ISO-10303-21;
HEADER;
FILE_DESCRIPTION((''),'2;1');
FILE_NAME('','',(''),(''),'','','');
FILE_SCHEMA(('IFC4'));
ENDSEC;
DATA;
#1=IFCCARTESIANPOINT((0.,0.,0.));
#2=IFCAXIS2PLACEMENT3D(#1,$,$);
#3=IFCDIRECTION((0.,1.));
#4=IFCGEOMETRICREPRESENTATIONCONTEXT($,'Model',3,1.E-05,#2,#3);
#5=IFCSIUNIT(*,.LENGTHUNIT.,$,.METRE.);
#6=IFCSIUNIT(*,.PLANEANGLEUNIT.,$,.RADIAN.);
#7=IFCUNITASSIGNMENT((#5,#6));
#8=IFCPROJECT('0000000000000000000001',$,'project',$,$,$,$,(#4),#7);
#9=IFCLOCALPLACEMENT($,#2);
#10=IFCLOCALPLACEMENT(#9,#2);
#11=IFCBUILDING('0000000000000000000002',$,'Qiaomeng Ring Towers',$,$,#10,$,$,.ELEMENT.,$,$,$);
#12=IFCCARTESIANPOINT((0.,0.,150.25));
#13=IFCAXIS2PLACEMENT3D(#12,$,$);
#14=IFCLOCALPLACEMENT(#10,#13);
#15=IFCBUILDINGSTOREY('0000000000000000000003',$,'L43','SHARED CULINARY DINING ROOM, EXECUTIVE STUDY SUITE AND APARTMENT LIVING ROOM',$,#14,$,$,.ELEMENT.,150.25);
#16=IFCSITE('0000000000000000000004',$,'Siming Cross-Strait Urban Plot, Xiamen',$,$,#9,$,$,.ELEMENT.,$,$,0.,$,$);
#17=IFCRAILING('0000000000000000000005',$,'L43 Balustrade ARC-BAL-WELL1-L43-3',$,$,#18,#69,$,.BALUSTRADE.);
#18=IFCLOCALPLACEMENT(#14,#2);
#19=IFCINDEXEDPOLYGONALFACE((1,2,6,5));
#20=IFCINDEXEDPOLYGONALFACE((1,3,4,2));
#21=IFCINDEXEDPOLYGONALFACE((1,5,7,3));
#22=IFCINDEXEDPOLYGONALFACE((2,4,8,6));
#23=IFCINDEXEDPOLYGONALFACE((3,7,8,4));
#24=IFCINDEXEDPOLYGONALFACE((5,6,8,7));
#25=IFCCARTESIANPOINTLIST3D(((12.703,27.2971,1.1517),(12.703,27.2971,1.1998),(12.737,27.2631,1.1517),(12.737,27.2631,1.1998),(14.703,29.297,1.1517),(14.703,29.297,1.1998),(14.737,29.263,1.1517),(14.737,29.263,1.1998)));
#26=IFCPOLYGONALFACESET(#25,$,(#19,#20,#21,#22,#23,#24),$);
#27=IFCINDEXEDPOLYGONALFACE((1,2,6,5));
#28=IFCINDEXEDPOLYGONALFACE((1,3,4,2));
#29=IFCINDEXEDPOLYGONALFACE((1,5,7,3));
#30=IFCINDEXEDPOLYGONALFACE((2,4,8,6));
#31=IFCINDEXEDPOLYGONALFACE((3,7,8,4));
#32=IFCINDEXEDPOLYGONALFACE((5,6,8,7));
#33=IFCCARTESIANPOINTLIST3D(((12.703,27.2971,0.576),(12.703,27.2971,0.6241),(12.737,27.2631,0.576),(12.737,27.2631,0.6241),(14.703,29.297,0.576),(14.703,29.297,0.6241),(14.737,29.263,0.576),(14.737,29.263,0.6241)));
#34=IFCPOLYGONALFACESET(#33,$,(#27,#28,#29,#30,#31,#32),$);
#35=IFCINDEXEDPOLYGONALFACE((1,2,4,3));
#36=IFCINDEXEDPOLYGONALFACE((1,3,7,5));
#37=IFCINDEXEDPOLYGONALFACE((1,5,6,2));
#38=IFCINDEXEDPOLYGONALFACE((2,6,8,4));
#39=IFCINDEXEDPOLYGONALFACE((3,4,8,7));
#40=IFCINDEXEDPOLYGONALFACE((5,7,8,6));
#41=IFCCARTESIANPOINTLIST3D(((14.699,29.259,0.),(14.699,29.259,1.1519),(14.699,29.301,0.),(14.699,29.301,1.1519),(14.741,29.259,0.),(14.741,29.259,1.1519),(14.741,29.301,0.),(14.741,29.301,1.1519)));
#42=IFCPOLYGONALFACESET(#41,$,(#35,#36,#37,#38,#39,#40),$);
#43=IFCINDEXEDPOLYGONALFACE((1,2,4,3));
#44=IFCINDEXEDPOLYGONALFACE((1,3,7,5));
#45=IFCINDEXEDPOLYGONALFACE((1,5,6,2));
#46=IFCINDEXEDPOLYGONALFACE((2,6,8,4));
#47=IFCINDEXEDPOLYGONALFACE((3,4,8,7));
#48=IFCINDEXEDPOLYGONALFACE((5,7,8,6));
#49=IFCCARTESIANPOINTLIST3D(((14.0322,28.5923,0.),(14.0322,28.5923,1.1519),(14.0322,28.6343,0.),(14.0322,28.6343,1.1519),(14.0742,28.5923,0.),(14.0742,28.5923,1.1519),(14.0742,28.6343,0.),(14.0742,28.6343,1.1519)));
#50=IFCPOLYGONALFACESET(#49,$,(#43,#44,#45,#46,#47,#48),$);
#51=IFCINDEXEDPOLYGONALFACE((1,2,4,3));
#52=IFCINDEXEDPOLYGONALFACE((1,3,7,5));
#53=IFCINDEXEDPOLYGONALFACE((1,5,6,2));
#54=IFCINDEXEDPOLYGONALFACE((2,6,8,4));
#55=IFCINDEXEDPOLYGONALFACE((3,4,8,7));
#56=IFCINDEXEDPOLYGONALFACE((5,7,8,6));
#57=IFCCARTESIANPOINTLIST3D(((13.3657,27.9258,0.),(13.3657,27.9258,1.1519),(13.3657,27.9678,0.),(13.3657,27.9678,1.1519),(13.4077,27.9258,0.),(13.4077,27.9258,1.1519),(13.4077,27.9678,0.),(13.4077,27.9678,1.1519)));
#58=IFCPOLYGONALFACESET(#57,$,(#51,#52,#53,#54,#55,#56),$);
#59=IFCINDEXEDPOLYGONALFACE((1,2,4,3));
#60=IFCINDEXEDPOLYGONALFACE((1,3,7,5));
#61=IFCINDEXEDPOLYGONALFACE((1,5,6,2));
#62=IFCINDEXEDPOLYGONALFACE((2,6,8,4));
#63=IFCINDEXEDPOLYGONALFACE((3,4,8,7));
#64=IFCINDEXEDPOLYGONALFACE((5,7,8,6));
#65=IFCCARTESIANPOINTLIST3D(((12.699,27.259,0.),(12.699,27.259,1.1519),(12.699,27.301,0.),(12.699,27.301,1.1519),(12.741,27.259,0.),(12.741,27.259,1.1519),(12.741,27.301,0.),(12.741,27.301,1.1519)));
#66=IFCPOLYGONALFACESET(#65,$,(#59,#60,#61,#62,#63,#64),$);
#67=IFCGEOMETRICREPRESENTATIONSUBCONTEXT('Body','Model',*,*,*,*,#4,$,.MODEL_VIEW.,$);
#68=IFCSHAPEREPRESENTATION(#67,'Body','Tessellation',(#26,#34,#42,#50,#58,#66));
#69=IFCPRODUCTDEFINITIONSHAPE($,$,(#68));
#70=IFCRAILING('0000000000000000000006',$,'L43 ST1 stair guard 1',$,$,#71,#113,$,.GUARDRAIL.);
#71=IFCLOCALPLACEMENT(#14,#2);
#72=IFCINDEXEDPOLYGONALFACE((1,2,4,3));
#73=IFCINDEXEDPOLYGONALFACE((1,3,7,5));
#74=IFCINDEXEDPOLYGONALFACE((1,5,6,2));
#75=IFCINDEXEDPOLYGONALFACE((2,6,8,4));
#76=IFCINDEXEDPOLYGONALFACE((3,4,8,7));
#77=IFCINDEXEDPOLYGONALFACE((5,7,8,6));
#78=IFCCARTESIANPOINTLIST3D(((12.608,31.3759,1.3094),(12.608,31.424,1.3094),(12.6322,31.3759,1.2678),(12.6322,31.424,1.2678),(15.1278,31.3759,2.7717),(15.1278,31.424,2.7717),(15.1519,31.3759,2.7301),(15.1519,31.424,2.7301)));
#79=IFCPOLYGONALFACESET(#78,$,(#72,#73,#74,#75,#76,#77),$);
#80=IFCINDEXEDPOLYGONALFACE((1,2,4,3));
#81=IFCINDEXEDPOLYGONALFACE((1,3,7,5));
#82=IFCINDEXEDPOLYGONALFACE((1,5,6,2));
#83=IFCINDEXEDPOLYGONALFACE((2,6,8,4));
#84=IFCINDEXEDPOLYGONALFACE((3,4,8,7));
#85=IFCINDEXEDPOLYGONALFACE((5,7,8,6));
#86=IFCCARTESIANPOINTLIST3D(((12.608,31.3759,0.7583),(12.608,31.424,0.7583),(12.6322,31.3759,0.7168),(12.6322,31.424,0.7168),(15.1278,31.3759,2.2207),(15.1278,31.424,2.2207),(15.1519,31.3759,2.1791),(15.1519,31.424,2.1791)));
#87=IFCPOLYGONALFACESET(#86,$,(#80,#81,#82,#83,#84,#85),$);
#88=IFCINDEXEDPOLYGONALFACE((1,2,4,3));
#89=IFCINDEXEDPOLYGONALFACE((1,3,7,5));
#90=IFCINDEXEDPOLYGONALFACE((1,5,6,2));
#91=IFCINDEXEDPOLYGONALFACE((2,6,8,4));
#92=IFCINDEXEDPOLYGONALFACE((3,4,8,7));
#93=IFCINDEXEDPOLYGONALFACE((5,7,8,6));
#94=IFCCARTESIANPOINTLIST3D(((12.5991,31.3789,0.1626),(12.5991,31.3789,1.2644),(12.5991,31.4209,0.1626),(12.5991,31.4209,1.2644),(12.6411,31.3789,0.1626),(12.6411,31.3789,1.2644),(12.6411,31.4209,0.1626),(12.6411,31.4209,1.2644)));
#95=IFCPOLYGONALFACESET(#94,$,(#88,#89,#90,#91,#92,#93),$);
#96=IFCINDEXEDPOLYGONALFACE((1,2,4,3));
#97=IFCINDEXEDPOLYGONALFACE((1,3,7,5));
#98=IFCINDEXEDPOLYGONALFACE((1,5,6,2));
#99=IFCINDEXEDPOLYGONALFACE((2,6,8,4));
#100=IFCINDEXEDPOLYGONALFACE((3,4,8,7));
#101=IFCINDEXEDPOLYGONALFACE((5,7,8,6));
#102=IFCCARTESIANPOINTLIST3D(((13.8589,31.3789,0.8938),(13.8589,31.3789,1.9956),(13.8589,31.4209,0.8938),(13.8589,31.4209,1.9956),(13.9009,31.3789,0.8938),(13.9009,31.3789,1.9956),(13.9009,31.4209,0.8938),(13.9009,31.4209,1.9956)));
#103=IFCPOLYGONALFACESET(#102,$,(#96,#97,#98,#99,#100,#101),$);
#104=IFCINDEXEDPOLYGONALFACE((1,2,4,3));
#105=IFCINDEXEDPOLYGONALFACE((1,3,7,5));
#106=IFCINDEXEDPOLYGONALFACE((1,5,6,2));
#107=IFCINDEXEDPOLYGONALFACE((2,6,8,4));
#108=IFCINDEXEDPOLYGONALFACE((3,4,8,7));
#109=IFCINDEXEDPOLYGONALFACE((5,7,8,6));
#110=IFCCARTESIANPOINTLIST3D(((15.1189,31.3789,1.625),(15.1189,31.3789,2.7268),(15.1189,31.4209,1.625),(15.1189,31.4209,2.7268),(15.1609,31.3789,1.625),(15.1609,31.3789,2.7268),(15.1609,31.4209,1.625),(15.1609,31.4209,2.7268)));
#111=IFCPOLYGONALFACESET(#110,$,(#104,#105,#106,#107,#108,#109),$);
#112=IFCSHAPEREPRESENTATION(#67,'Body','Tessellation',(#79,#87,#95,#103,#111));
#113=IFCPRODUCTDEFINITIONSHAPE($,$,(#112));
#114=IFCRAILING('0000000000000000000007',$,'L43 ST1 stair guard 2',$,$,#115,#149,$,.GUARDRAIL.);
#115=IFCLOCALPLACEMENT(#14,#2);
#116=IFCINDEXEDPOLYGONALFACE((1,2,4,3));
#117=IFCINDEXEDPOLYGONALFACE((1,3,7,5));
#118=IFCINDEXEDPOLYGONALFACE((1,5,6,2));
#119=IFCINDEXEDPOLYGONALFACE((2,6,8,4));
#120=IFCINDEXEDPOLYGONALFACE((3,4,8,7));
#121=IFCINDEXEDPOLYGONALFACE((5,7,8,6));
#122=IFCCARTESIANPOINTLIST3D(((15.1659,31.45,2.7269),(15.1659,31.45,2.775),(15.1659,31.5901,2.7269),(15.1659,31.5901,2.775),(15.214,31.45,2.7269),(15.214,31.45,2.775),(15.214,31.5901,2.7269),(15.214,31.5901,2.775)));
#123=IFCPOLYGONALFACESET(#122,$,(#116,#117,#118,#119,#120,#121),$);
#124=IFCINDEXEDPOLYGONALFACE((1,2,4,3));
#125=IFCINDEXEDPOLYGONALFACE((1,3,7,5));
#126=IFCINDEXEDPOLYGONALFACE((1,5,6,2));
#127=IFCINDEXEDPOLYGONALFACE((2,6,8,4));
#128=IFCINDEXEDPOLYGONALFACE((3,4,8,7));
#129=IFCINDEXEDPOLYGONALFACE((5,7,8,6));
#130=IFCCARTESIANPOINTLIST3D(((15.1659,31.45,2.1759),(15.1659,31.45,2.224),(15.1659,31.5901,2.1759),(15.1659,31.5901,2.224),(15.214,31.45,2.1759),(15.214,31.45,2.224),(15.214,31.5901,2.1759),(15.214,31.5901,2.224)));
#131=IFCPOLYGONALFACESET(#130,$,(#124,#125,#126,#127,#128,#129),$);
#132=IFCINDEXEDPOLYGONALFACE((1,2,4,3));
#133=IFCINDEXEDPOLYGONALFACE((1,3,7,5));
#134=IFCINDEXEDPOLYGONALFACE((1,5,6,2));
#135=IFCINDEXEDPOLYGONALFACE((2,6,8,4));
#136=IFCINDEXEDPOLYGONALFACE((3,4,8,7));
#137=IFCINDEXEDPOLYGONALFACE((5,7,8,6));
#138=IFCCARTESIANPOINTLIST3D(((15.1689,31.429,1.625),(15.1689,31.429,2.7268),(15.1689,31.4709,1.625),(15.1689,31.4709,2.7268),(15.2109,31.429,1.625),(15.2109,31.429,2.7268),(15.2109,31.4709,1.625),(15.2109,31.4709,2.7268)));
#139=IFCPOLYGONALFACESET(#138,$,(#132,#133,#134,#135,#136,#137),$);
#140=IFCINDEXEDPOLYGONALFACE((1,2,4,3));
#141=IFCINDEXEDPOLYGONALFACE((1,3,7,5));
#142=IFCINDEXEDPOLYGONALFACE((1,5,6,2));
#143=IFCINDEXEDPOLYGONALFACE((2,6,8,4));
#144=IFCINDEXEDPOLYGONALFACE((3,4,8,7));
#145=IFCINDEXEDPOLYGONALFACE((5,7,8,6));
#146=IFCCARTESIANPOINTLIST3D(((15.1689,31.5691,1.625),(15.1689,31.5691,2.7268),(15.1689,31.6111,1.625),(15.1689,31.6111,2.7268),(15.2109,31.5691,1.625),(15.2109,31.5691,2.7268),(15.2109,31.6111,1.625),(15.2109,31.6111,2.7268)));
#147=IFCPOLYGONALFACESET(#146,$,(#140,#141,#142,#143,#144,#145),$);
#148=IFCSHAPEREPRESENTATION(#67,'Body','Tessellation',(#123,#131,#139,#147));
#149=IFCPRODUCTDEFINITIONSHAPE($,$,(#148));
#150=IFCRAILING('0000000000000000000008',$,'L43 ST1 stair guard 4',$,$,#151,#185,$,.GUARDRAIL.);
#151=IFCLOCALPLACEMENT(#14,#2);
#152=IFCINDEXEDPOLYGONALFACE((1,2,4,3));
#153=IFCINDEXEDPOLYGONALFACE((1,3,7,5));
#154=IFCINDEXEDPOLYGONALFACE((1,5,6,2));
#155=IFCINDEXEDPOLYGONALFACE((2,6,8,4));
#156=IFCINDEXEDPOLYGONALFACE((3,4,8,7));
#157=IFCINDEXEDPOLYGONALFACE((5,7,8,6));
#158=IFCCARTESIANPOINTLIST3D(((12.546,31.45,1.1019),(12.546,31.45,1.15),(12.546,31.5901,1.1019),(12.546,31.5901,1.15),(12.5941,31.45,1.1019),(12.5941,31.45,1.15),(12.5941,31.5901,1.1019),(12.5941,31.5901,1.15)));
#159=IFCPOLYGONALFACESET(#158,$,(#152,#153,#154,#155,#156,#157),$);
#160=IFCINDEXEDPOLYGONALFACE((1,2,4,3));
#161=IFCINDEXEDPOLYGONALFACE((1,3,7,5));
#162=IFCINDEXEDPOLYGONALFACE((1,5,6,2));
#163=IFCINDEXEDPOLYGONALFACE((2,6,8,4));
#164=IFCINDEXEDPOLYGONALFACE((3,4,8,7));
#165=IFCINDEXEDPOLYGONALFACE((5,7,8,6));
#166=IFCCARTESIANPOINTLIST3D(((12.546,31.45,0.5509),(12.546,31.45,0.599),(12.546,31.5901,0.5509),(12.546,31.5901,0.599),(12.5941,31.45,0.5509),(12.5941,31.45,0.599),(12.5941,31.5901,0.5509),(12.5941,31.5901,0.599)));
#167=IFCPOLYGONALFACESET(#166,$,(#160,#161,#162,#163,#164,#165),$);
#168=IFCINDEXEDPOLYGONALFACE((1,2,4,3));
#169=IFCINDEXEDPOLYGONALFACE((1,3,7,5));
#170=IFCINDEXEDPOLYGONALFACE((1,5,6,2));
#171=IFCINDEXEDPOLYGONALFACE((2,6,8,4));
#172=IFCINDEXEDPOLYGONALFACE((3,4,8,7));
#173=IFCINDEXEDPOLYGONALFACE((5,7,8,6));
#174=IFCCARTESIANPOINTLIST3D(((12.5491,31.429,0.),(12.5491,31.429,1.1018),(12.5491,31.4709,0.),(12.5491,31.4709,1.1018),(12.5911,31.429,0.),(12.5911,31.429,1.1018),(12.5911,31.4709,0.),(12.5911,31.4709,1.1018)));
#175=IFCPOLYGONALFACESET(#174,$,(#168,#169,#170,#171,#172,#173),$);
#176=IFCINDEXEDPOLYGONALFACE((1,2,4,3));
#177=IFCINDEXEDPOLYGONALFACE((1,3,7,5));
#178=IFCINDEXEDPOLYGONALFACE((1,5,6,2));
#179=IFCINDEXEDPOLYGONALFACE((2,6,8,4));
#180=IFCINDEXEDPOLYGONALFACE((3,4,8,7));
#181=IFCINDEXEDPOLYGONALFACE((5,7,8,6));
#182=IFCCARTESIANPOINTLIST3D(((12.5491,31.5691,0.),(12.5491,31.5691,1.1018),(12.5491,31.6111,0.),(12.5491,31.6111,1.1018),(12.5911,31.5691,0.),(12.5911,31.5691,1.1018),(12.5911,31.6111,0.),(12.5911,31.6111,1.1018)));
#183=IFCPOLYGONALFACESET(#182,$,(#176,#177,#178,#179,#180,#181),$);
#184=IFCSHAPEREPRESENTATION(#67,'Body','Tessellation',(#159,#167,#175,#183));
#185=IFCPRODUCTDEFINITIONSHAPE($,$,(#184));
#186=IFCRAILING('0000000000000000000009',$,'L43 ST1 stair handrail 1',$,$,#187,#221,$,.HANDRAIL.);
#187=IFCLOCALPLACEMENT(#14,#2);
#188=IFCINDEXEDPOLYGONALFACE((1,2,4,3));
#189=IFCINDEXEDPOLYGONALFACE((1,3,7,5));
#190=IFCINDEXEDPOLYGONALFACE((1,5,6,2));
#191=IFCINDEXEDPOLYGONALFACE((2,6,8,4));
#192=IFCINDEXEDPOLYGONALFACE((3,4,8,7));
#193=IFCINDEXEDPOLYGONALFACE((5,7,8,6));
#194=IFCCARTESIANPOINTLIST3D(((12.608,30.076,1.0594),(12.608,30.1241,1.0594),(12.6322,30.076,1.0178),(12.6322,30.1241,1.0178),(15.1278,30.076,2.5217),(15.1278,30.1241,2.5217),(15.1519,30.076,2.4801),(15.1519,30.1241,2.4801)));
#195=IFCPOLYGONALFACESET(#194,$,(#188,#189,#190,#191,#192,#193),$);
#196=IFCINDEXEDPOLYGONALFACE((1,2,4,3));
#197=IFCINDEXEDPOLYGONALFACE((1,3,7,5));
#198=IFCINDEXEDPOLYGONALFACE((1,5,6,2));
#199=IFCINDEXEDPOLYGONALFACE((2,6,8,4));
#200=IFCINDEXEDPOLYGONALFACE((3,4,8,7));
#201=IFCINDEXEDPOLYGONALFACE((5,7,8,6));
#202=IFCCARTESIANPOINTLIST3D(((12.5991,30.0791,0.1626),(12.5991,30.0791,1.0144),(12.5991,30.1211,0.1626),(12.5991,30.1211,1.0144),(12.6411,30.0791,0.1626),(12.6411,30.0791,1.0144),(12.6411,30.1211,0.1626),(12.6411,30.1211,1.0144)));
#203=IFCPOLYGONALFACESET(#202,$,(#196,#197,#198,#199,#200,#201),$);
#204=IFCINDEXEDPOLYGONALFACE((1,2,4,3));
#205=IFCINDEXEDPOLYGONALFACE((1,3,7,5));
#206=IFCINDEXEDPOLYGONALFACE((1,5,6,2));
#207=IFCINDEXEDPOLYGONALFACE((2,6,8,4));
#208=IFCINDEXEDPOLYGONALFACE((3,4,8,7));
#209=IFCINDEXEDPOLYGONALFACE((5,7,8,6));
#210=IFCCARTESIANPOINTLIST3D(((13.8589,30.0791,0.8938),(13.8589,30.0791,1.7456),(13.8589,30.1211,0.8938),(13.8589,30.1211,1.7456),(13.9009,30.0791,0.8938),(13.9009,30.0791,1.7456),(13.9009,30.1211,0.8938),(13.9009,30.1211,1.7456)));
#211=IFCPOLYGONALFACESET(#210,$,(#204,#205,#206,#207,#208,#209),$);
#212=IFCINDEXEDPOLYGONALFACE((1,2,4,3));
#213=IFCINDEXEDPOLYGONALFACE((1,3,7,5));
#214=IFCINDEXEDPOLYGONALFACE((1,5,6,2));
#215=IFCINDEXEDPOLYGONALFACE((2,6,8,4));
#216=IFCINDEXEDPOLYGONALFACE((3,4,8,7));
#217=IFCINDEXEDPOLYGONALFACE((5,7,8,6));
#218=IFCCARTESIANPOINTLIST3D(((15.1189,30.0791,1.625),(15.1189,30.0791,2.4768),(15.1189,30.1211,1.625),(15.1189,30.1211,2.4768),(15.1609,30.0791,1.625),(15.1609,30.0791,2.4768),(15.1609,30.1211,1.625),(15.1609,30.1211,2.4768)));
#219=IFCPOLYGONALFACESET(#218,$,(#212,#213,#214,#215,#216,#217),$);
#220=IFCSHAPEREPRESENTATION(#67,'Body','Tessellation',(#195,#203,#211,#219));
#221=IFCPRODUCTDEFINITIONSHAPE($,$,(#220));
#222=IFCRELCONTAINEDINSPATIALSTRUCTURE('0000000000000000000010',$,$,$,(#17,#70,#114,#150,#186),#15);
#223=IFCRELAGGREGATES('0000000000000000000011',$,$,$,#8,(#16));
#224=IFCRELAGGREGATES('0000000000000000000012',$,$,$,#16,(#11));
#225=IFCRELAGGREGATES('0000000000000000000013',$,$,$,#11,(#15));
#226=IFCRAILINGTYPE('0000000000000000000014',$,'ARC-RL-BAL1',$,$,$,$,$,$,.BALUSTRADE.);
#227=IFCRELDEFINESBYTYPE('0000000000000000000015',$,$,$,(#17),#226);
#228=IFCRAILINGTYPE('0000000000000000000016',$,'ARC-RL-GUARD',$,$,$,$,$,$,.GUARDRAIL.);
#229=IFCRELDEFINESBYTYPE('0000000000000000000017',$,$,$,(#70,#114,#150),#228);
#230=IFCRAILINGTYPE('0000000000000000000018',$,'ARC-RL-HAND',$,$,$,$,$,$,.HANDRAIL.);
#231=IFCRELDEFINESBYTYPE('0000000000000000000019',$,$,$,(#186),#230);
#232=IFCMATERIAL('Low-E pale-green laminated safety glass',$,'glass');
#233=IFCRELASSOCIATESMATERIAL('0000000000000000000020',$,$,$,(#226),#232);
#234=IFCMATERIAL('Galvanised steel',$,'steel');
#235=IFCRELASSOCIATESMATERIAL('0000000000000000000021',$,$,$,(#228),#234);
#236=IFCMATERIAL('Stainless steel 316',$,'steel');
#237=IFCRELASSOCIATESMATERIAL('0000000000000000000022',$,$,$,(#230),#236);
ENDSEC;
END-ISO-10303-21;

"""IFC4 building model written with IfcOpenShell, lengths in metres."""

from ifc_helpers import new_model, si_unit, direction, frame, origin, origin_2d, place, context, subcontext, project, spatial, rectangle, extrude, material, type_object, element, save


model = new_model("IFC4")

# Units and contexts
model_context = context("Model", 3, precision=1e-05, world=origin(), true_north=direction((0.0, 1.0)))
body_context = subcontext(model_context, "Body", "Model", "MODEL_VIEW")
ifc_project = project(units=[si_unit("LENGTHUNIT", "METRE"), si_unit("PLANEANGLEUNIT", "RADIAN")], contexts=[model_context])

# Site, building, storey
site_placement = place(None, origin())
site = spatial("IfcSite", under=ifc_project, at=site_placement, Name="Siming Cross-Strait Urban Plot, Xiamen", CompositionType="ELEMENT", RefElevation=0.0)
building_placement = place(site_placement, origin())
building = spatial("IfcBuilding", under=site, at=building_placement, Name="Qiaomeng Ring Towers", CompositionType="ELEMENT")
storey_placement = place(building_placement, frame((0.0, 0.0, 150.25)))
storey = spatial("IfcBuildingStorey", under=building, at=storey_placement, Name="L43", Description="SHARED CULINARY DINING ROOM, EXECUTIVE STUDY SUITE AND APARTMENT LIVING ROOM", CompositionType="ELEMENT", Elevation=150.25)

# Railings
ifc_material_1 = material(Name="Low-E pale-green laminated safety glass", Category="glass")
railing_type_1 = type_object("IfcRailingType", Name="ARC-RL-BAL1", PredefinedType="BALUSTRADE", material=ifc_material_1)
railing_1_placement = place(storey_placement, frame((14.72, 29.28, 0.0)))
element("IfcRailing", 1, at=railing_1_placement, inside=storey, type_object=railing_type_1, Name="L43 Balustrade ARC-BAL-WELL1-L43-3", PredefinedType="BALUSTRADE", context=body_context, shape_type="SweptSolid", body=[
    extrude(rectangle(XDim=0.0481, YDim=0.0481, at=origin_2d()), frame((0.0, 0.0, 1.1758), z_axis=(-0.707107, -0.707107, 0.0), x_axis=(0.707107, -0.707107, 0.0)), (0.0, 0.0, 1.0), 2.8284),
    extrude(rectangle(XDim=0.0481, YDim=0.0481, at=origin_2d()), frame((0.0, 0.0, 0.6001), z_axis=(-0.707107, -0.707107, 0.0), x_axis=(0.707107, -0.707107, 0.0)), (0.0, 0.0, 1.0), 2.8284),
    extrude(rectangle(XDim=0.042, YDim=0.042, at=origin_2d()), origin(), (0.0, 0.0, 1.0), 1.1519),
    extrude(rectangle(XDim=0.042, YDim=0.042, at=origin_2d()), frame((-0.6667, -0.6667, 0.0)), (0.0, 0.0, 1.0), 1.1519),
    extrude(rectangle(XDim=0.042, YDim=0.042, at=origin_2d()), frame((-1.3333, -1.3333, 0.0)), (0.0, 0.0, 1.0), 1.1519),
    extrude(rectangle(XDim=0.042, YDim=0.042, at=origin_2d()), frame((-2.0, -2.0, 0.0)), (0.0, 0.0, 1.0), 1.1519),
])
ifc_material_2 = material(Name="Galvanised steel", Category="steel")
railing_type_2 = type_object("IfcRailingType", Name="ARC-RL-GUARD", PredefinedType="GUARDRAIL", material=ifc_material_2)
railing_2_placement = place(storey_placement, frame((12.6201, 31.3999, 0.1626)))
element("IfcRailing", 2, at=railing_2_placement, inside=storey, type_object=railing_type_2, Name="L43 ST1 stair guard 1", PredefinedType="GUARDRAIL", context=body_context, shape_type="SweptSolid", body=[
    extrude(rectangle(XDim=0.0481, YDim=0.0481, at=origin_2d()), frame((0.0, 0.0, 1.126), z_axis=(0.864892, 0.0, 0.501958), x_axis=(0.0, 1.0, 0.0)), (0.0, 0.0, 1.0), 2.9133),
    extrude(rectangle(XDim=0.0481, YDim=0.0481, at=origin_2d()), frame((0.0, 0.0, 0.575), z_axis=(0.864892, 0.0, 0.501958), x_axis=(0.0, 1.0, 0.0)), (0.0, 0.0, 1.0), 2.9133),
    extrude(rectangle(XDim=0.042, YDim=0.042, at=origin_2d()), origin(), (0.0, 0.0, 1.0), 1.1018),
    extrude(rectangle(XDim=0.042, YDim=0.042, at=origin_2d()), frame((1.2598, 0.0, 0.7312)), (0.0, 0.0, 1.0), 1.1018),
    extrude(rectangle(XDim=0.042, YDim=0.042, at=origin_2d()), frame((2.5198, 0.0, 1.4624)), (0.0, 0.0, 1.0), 1.1018),
])
for number, where, name in (
    (3, (15.1899, 31.45, 1.625), "L43 ST1 stair guard 2"),
    (4, (12.5701, 31.45, 0.0), "L43 ST1 stair guard 4"),
):
    element("IfcRailing", number, at=place(storey_placement, frame(where)), inside=storey, type_object=railing_type_2, Name=name, PredefinedType="GUARDRAIL", context=body_context, shape_type="SweptSolid", body=[
        extrude(rectangle(XDim=0.0481, YDim=0.0481, at=origin_2d()), frame((0.0, 0.0, 1.126), z_axis=(0.0, 1.0, 0.0), x_axis=(-1.0, 0.0, 0.0)), (0.0, 0.0, 1.0), 0.1401),
        extrude(rectangle(XDim=0.0481, YDim=0.0481, at=origin_2d()), frame((0.0, 0.0, 0.575), z_axis=(0.0, 1.0, 0.0), x_axis=(-1.0, 0.0, 0.0)), (0.0, 0.0, 1.0), 0.1401),
        extrude(rectangle(XDim=0.042, YDim=0.042, at=origin_2d()), origin(), (0.0, 0.0, 1.0), 1.1018),
        extrude(rectangle(XDim=0.042, YDim=0.042, at=origin_2d()), frame((0.0, 0.1401, 0.0)), (0.0, 0.0, 1.0), 1.1018),
    ])
ifc_material_3 = material(Name="Stainless steel 316", Category="steel")
railing_type_3 = type_object("IfcRailingType", Name="ARC-RL-HAND", PredefinedType="HANDRAIL", material=ifc_material_3)
railing_3_placement = place(storey_placement, frame((12.6201, 30.1001, 0.1626)))
element("IfcRailing", 5, at=railing_3_placement, inside=storey, type_object=railing_type_3, Name="L43 ST1 stair handrail 1", PredefinedType="HANDRAIL", context=body_context, shape_type="SweptSolid", body=[
    extrude(rectangle(XDim=0.0481, YDim=0.0481, at=origin_2d()), frame((0.0, 0.0, 0.876), z_axis=(0.864892, 0.0, 0.501958), x_axis=(0.0, 1.0, 0.0)), (0.0, 0.0, 1.0), 2.9133),
    extrude(rectangle(XDim=0.042, YDim=0.042, at=origin_2d()), origin(), (0.0, 0.0, 1.0), 0.8518),
    extrude(rectangle(XDim=0.042, YDim=0.042, at=origin_2d()), frame((1.2598, 0.0, 0.7312)), (0.0, 0.0, 1.0), 0.8518),
    extrude(rectangle(XDim=0.042, YDim=0.042, at=origin_2d()), frame((2.5198, 0.0, 1.4624)), (0.0, 0.0, 1.0), 0.8518),
])

save(model, "model.ifc")
